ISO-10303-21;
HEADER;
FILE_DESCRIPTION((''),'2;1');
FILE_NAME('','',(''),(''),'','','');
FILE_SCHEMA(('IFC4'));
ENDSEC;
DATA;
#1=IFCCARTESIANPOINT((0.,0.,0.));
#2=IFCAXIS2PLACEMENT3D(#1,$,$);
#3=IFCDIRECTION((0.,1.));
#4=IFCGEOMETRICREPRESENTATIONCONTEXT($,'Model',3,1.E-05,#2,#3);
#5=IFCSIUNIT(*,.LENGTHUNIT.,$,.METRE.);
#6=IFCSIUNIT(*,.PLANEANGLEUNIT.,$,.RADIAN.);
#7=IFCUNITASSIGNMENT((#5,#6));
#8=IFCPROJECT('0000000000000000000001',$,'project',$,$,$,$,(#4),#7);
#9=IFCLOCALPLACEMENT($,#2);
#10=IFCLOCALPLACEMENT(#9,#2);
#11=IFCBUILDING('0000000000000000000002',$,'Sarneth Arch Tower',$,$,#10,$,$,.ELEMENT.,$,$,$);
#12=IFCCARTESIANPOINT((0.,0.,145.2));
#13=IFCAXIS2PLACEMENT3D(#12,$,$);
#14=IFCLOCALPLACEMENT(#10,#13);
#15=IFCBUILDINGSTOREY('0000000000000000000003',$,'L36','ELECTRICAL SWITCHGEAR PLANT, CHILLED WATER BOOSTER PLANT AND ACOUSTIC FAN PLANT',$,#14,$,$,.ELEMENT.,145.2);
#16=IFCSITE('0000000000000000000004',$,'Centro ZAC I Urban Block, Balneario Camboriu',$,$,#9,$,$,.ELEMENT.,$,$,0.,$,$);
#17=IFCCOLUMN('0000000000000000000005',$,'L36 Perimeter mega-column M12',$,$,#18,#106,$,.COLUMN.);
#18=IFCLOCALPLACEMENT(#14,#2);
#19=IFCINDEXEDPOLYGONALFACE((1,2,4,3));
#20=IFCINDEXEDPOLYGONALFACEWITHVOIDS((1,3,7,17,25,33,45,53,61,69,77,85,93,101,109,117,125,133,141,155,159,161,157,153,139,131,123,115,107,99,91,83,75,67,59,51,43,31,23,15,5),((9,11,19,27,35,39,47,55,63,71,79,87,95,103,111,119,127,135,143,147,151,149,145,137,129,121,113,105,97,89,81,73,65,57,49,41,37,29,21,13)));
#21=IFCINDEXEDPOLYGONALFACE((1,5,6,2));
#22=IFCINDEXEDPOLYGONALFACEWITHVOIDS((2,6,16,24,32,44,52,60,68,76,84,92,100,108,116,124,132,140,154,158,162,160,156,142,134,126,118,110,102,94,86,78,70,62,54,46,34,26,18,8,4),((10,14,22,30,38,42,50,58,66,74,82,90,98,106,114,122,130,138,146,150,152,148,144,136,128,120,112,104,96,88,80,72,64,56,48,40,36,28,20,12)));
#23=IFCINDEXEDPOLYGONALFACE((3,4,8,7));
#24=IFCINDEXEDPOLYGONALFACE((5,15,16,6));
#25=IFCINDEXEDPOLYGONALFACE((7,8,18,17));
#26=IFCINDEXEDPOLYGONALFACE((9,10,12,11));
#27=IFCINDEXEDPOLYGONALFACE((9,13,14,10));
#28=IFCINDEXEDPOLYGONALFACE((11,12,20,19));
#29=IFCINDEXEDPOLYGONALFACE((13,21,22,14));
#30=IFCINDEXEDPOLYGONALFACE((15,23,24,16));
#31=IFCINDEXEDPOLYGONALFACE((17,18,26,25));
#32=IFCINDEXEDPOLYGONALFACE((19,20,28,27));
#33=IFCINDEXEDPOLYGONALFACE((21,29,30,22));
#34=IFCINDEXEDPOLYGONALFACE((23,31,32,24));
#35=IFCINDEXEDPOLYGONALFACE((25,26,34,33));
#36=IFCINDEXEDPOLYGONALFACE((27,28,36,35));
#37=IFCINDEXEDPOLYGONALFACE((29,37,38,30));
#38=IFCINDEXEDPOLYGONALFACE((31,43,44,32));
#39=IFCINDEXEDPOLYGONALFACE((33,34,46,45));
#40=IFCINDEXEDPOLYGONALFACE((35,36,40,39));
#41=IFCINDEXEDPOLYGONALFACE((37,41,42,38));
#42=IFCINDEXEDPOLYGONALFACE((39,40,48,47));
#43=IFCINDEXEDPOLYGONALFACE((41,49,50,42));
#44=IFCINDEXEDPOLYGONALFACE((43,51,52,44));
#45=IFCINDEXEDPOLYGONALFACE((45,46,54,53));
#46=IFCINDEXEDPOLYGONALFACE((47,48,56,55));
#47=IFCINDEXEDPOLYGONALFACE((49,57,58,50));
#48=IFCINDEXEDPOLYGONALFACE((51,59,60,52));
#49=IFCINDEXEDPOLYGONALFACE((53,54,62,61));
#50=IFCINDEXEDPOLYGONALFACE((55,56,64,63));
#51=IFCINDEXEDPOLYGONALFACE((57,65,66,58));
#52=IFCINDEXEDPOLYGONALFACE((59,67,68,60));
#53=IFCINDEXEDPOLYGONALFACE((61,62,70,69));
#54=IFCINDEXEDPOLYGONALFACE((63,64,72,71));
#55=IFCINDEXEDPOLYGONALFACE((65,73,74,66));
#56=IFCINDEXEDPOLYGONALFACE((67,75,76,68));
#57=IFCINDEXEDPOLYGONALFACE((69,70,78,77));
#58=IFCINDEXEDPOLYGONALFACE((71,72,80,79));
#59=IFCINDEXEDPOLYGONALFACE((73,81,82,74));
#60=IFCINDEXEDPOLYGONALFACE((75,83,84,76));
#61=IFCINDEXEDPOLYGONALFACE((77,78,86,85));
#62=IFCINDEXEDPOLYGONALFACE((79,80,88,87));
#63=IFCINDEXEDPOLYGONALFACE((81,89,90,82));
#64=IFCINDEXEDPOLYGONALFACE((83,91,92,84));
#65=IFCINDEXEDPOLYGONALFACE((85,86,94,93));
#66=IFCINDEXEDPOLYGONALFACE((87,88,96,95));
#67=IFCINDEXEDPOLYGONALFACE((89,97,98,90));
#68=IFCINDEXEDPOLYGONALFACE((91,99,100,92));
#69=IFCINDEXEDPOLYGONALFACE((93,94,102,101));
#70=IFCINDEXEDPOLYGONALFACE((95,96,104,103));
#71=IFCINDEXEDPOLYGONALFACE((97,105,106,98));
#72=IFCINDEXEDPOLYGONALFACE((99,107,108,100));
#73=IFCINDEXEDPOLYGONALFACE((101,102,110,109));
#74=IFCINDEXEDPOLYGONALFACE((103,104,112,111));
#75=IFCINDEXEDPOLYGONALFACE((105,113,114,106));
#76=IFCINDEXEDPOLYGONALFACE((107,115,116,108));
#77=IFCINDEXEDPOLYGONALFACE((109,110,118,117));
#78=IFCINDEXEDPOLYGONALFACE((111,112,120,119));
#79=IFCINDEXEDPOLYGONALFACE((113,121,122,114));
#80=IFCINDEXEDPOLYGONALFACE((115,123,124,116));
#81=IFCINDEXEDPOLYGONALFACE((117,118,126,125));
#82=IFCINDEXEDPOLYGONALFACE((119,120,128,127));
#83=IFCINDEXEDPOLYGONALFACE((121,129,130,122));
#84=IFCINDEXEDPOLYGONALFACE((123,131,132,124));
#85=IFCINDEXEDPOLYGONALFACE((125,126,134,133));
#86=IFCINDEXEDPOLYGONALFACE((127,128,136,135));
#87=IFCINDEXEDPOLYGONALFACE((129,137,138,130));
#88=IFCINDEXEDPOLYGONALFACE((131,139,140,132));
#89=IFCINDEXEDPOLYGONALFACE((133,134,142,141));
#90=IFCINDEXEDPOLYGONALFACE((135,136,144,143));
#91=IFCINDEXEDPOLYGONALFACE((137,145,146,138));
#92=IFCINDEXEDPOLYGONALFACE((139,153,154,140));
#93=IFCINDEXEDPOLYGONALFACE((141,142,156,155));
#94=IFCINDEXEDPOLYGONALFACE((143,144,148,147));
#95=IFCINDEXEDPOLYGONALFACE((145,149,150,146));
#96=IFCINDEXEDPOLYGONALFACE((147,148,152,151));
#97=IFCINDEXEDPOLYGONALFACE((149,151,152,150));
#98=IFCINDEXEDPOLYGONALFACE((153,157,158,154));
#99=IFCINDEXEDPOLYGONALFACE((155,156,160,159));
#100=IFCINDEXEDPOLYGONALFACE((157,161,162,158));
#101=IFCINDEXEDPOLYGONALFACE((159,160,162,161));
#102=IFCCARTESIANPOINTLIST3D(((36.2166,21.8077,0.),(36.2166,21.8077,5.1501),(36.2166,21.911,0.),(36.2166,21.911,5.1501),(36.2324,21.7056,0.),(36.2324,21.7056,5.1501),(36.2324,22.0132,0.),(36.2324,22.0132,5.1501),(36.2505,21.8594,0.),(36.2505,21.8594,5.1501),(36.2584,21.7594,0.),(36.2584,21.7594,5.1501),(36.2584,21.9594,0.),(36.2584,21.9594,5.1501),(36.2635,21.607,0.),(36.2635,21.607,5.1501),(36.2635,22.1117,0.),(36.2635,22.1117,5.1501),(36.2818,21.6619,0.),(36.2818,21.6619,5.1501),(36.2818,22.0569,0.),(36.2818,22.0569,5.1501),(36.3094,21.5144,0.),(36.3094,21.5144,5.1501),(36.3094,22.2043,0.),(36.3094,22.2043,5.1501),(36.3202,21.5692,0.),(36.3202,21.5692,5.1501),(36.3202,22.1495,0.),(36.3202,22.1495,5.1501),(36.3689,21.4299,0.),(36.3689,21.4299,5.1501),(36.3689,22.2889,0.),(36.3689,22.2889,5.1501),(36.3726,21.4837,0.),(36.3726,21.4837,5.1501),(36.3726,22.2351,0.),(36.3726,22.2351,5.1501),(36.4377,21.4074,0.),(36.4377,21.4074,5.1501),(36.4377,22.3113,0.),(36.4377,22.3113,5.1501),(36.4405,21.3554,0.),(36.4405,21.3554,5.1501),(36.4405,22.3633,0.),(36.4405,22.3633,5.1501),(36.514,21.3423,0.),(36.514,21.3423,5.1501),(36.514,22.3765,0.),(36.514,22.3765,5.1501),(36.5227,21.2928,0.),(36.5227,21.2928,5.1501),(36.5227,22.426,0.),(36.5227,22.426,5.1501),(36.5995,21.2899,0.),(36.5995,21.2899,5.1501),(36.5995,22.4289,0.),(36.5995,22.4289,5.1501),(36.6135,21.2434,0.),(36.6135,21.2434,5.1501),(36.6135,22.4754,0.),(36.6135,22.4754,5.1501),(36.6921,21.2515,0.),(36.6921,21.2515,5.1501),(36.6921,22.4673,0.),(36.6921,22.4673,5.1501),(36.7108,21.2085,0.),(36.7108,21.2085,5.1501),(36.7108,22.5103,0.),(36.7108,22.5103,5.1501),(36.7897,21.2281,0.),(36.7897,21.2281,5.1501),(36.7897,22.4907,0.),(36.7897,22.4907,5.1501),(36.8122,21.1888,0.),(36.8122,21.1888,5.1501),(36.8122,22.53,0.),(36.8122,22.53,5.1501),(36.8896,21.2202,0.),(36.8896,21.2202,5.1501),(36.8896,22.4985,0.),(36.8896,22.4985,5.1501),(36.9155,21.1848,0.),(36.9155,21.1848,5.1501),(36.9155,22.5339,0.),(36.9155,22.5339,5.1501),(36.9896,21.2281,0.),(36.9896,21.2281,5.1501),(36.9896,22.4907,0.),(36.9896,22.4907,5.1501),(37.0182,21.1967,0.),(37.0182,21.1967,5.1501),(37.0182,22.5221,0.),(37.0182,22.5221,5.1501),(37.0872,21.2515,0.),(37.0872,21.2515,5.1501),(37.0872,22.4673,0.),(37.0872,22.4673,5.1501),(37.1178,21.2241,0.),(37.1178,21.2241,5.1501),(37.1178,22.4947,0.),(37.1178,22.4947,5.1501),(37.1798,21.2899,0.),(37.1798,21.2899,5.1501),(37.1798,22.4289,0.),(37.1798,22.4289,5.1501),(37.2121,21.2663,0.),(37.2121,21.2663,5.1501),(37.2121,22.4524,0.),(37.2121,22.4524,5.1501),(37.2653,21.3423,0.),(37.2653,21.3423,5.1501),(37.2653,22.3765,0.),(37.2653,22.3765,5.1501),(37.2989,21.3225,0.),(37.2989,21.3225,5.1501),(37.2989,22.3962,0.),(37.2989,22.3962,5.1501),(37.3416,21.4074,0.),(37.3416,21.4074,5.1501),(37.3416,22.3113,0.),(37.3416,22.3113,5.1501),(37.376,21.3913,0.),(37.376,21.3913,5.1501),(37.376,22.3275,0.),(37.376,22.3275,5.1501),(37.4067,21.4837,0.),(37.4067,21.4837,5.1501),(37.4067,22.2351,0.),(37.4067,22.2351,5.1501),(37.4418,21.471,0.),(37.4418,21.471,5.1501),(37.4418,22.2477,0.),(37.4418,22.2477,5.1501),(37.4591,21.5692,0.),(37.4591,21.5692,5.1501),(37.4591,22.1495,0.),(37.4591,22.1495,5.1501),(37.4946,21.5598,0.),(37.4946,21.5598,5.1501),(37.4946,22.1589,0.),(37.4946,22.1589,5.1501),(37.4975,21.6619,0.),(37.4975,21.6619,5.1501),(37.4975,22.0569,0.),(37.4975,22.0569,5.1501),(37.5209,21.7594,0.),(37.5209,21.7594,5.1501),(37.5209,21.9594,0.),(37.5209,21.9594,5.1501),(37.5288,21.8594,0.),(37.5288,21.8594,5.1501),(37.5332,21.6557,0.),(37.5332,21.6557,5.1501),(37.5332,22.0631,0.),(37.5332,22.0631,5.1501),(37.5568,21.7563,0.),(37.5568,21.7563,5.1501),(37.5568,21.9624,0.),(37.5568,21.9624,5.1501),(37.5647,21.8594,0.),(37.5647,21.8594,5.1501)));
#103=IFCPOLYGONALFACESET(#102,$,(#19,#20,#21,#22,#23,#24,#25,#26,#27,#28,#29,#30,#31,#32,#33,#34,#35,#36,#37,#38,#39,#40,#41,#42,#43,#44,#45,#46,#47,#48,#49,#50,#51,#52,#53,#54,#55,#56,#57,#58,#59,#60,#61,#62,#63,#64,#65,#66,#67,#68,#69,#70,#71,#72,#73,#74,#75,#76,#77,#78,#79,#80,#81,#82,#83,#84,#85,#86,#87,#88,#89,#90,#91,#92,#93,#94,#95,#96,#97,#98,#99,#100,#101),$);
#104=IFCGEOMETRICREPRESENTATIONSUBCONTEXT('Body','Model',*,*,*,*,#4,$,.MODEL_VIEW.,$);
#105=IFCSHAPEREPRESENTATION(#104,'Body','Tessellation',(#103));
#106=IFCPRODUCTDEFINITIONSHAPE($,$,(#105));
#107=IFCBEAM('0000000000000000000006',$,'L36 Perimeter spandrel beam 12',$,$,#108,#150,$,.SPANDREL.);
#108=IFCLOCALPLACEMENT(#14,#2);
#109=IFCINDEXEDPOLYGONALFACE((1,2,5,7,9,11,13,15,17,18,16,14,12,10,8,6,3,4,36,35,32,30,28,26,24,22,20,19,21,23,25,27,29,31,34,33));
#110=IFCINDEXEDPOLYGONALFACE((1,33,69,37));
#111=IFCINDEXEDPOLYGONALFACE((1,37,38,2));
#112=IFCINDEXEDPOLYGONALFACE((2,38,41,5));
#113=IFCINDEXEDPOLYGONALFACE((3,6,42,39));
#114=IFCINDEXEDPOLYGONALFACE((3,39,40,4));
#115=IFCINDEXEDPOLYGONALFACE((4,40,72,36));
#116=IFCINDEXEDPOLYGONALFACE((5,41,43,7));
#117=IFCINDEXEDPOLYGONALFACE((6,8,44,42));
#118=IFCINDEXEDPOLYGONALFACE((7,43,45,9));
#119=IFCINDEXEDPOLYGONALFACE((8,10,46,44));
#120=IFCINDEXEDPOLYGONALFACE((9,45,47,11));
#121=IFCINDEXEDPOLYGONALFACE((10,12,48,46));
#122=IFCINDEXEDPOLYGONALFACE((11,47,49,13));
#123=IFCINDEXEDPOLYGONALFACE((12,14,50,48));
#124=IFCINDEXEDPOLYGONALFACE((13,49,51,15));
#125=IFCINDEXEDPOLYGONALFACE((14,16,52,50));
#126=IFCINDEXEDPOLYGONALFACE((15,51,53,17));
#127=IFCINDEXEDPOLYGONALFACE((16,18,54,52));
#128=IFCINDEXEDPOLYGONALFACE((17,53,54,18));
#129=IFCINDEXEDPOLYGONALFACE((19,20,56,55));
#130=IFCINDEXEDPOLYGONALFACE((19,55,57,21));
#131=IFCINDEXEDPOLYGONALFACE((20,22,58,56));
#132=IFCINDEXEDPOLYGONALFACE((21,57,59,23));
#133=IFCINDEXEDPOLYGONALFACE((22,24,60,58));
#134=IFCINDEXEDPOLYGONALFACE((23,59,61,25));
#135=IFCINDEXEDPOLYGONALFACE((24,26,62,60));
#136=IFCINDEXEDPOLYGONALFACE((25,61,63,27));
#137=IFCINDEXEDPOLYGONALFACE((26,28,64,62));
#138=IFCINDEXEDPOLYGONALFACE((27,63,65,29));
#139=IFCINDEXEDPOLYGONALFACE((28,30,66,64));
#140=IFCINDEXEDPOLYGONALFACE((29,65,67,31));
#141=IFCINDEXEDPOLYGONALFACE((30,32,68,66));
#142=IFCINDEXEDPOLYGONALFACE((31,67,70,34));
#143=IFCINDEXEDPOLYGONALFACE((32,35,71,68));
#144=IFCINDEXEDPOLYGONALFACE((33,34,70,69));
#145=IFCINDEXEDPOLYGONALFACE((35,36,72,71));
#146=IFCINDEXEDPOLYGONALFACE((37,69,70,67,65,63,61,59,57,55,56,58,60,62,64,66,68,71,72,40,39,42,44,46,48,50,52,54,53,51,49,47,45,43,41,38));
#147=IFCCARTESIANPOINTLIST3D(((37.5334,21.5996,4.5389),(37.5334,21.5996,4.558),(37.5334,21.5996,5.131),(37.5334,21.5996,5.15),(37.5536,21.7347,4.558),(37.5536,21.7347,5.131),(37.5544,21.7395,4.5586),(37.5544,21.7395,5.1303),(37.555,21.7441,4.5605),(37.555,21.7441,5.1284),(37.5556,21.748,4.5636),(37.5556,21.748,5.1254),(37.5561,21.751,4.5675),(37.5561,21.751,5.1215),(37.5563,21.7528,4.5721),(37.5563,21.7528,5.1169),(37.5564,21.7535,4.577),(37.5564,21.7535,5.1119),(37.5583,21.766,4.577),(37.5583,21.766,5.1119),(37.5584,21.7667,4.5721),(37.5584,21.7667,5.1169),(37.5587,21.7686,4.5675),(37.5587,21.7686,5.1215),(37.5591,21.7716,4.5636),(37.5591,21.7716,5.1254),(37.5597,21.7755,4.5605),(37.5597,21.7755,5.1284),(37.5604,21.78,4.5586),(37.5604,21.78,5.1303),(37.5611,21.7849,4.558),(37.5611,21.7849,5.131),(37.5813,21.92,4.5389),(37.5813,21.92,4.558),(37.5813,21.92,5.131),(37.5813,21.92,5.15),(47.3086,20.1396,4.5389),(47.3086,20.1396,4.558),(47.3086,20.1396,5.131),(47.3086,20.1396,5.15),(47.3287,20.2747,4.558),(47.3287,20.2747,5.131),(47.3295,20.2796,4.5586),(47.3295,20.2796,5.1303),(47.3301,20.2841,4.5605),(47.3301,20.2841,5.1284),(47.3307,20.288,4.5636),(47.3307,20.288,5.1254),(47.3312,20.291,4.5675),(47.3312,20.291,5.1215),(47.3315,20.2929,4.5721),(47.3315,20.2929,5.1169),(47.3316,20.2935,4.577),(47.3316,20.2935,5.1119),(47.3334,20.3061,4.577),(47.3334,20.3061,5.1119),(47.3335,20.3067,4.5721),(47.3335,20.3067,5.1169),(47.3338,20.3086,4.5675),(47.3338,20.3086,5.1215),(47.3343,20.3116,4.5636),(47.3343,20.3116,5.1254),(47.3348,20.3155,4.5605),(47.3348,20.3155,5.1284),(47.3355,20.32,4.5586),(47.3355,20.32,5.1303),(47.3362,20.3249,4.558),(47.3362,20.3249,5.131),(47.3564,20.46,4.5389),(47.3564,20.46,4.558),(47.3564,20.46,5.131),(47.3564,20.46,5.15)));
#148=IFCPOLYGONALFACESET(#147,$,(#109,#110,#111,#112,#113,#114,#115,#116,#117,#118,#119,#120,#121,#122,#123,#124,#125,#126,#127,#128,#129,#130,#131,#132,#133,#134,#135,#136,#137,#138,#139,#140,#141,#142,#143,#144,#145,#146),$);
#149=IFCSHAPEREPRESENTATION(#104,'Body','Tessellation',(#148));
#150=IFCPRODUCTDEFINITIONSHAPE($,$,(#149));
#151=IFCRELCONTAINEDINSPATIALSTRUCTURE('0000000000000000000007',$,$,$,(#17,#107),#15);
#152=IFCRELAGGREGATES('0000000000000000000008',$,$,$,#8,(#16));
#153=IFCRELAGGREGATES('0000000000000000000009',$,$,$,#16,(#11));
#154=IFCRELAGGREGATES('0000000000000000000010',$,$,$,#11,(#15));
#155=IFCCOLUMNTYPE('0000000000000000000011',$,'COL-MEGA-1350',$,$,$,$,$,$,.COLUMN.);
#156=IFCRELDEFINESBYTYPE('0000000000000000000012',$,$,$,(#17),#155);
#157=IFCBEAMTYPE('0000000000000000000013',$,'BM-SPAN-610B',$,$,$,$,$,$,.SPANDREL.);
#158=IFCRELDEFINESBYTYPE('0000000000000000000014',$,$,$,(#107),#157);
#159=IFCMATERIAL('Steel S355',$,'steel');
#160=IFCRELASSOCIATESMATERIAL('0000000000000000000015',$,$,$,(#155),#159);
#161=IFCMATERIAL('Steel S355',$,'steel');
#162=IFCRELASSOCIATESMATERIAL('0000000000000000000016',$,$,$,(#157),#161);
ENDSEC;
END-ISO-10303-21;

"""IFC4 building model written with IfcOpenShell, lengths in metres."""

from ifc_helpers import new_model, si_unit, direction, frame, origin, origin_2d, place, context, subcontext, project, spatial, hollow_circle, i_section, extrude, material, material_profile, profile_set, type_object, element, save


model = new_model("IFC4")

# Units and contexts
model_context = context("Model", 3, precision=1e-05, world=origin(), true_north=direction((0.0, 1.0)))
body_context = subcontext(model_context, "Body", "Model", "MODEL_VIEW")
ifc_project = project(units=[si_unit("LENGTHUNIT", "METRE"), si_unit("PLANEANGLEUNIT", "RADIAN")], contexts=[model_context])

# Site, building, storey
site_placement = place(None, origin())
site = spatial("IfcSite", under=ifc_project, at=site_placement, Name="Centro ZAC I Urban Block, Balneario Camboriu", CompositionType="ELEMENT", RefElevation=0.0)
building_placement = place(site_placement, origin())
building = spatial("IfcBuilding", under=site, at=building_placement, Name="Sarneth Arch Tower", CompositionType="ELEMENT")
storey_placement = place(building_placement, frame((0.0, 0.0, 145.2)))
storey = spatial("IfcBuildingStorey", under=building, at=storey_placement, Name="L36", Description="ELECTRICAL SWITCHGEAR PLANT, CHILLED WATER BOOSTER PLANT AND ACOUSTIC FAN PLANT", CompositionType="ELEMENT", Elevation=145.2)

# Column
ifc_material_1 = material(Name="Steel S355", Category="steel")
ifc_material_profile_1 = material_profile(ifc_material_1, hollow_circle(Radius=0.675, WallThickness=0.0359, at=origin_2d()), Name="CHS1350x36")
ifc_profile_set_1 = profile_set([ifc_material_profile_1], Name="Steel S355")
column_type = type_object("IfcColumnType", Name="COL-MEGA-1350", PredefinedType="COLUMN", material=ifc_profile_set_1)
column_placement = place(storey_placement, frame((36.8896, 21.8594, 0.0), z_axis=(0.0, 0.0, 1.0), x_axis=(1.0, 0.0, 0.0)))
element("IfcColumn", 1, at=column_placement, inside=storey, type_object=column_type, Name="L36 Perimeter mega-column M12", PredefinedType="COLUMN", context=body_context, shape_type="SweptSolid", body=[
    extrude(hollow_circle(Radius=0.675, WallThickness=0.0359, at=origin_2d()), origin(), (0.0, 0.0, 1.0), 5.1501),
])

# Beam
ifc_material_2 = material(Name="Steel S355", Category="steel")
ifc_material_profile_2 = material_profile(ifc_material_2, i_section(OverallWidth=0.324, OverallDepth=0.6111, WebThickness=0.0127, FlangeThickness=0.019, FilletRadius=0.019, at=origin_2d()), Name="W610x155")
ifc_profile_set_2 = profile_set([ifc_material_profile_2], Name="Steel S355")
beam_type = type_object("IfcBeamType", Name="BM-SPAN-610B", PredefinedType="SPANDREL", material=ifc_profile_set_2)
beam_placement = place(storey_placement, frame((37.5574, 21.7598, 4.8445), z_axis=(0.98903, -0.147716, 0.0), x_axis=(0.147716, 0.98903, 0.0)))
element("IfcBeam", 2, at=beam_placement, inside=storey, type_object=beam_type, Name="L36 Perimeter spandrel beam 12", PredefinedType="SPANDREL", context=body_context, shape_type="SweptSolid", body=[
    extrude(i_section(OverallWidth=0.324, OverallDepth=0.6111, WebThickness=0.0127, FlangeThickness=0.019, FilletRadius=0.019, at=origin_2d()), origin(), (0.0, 0.0, 1.0), 9.8835),
])

save(model, "model.ifc")
